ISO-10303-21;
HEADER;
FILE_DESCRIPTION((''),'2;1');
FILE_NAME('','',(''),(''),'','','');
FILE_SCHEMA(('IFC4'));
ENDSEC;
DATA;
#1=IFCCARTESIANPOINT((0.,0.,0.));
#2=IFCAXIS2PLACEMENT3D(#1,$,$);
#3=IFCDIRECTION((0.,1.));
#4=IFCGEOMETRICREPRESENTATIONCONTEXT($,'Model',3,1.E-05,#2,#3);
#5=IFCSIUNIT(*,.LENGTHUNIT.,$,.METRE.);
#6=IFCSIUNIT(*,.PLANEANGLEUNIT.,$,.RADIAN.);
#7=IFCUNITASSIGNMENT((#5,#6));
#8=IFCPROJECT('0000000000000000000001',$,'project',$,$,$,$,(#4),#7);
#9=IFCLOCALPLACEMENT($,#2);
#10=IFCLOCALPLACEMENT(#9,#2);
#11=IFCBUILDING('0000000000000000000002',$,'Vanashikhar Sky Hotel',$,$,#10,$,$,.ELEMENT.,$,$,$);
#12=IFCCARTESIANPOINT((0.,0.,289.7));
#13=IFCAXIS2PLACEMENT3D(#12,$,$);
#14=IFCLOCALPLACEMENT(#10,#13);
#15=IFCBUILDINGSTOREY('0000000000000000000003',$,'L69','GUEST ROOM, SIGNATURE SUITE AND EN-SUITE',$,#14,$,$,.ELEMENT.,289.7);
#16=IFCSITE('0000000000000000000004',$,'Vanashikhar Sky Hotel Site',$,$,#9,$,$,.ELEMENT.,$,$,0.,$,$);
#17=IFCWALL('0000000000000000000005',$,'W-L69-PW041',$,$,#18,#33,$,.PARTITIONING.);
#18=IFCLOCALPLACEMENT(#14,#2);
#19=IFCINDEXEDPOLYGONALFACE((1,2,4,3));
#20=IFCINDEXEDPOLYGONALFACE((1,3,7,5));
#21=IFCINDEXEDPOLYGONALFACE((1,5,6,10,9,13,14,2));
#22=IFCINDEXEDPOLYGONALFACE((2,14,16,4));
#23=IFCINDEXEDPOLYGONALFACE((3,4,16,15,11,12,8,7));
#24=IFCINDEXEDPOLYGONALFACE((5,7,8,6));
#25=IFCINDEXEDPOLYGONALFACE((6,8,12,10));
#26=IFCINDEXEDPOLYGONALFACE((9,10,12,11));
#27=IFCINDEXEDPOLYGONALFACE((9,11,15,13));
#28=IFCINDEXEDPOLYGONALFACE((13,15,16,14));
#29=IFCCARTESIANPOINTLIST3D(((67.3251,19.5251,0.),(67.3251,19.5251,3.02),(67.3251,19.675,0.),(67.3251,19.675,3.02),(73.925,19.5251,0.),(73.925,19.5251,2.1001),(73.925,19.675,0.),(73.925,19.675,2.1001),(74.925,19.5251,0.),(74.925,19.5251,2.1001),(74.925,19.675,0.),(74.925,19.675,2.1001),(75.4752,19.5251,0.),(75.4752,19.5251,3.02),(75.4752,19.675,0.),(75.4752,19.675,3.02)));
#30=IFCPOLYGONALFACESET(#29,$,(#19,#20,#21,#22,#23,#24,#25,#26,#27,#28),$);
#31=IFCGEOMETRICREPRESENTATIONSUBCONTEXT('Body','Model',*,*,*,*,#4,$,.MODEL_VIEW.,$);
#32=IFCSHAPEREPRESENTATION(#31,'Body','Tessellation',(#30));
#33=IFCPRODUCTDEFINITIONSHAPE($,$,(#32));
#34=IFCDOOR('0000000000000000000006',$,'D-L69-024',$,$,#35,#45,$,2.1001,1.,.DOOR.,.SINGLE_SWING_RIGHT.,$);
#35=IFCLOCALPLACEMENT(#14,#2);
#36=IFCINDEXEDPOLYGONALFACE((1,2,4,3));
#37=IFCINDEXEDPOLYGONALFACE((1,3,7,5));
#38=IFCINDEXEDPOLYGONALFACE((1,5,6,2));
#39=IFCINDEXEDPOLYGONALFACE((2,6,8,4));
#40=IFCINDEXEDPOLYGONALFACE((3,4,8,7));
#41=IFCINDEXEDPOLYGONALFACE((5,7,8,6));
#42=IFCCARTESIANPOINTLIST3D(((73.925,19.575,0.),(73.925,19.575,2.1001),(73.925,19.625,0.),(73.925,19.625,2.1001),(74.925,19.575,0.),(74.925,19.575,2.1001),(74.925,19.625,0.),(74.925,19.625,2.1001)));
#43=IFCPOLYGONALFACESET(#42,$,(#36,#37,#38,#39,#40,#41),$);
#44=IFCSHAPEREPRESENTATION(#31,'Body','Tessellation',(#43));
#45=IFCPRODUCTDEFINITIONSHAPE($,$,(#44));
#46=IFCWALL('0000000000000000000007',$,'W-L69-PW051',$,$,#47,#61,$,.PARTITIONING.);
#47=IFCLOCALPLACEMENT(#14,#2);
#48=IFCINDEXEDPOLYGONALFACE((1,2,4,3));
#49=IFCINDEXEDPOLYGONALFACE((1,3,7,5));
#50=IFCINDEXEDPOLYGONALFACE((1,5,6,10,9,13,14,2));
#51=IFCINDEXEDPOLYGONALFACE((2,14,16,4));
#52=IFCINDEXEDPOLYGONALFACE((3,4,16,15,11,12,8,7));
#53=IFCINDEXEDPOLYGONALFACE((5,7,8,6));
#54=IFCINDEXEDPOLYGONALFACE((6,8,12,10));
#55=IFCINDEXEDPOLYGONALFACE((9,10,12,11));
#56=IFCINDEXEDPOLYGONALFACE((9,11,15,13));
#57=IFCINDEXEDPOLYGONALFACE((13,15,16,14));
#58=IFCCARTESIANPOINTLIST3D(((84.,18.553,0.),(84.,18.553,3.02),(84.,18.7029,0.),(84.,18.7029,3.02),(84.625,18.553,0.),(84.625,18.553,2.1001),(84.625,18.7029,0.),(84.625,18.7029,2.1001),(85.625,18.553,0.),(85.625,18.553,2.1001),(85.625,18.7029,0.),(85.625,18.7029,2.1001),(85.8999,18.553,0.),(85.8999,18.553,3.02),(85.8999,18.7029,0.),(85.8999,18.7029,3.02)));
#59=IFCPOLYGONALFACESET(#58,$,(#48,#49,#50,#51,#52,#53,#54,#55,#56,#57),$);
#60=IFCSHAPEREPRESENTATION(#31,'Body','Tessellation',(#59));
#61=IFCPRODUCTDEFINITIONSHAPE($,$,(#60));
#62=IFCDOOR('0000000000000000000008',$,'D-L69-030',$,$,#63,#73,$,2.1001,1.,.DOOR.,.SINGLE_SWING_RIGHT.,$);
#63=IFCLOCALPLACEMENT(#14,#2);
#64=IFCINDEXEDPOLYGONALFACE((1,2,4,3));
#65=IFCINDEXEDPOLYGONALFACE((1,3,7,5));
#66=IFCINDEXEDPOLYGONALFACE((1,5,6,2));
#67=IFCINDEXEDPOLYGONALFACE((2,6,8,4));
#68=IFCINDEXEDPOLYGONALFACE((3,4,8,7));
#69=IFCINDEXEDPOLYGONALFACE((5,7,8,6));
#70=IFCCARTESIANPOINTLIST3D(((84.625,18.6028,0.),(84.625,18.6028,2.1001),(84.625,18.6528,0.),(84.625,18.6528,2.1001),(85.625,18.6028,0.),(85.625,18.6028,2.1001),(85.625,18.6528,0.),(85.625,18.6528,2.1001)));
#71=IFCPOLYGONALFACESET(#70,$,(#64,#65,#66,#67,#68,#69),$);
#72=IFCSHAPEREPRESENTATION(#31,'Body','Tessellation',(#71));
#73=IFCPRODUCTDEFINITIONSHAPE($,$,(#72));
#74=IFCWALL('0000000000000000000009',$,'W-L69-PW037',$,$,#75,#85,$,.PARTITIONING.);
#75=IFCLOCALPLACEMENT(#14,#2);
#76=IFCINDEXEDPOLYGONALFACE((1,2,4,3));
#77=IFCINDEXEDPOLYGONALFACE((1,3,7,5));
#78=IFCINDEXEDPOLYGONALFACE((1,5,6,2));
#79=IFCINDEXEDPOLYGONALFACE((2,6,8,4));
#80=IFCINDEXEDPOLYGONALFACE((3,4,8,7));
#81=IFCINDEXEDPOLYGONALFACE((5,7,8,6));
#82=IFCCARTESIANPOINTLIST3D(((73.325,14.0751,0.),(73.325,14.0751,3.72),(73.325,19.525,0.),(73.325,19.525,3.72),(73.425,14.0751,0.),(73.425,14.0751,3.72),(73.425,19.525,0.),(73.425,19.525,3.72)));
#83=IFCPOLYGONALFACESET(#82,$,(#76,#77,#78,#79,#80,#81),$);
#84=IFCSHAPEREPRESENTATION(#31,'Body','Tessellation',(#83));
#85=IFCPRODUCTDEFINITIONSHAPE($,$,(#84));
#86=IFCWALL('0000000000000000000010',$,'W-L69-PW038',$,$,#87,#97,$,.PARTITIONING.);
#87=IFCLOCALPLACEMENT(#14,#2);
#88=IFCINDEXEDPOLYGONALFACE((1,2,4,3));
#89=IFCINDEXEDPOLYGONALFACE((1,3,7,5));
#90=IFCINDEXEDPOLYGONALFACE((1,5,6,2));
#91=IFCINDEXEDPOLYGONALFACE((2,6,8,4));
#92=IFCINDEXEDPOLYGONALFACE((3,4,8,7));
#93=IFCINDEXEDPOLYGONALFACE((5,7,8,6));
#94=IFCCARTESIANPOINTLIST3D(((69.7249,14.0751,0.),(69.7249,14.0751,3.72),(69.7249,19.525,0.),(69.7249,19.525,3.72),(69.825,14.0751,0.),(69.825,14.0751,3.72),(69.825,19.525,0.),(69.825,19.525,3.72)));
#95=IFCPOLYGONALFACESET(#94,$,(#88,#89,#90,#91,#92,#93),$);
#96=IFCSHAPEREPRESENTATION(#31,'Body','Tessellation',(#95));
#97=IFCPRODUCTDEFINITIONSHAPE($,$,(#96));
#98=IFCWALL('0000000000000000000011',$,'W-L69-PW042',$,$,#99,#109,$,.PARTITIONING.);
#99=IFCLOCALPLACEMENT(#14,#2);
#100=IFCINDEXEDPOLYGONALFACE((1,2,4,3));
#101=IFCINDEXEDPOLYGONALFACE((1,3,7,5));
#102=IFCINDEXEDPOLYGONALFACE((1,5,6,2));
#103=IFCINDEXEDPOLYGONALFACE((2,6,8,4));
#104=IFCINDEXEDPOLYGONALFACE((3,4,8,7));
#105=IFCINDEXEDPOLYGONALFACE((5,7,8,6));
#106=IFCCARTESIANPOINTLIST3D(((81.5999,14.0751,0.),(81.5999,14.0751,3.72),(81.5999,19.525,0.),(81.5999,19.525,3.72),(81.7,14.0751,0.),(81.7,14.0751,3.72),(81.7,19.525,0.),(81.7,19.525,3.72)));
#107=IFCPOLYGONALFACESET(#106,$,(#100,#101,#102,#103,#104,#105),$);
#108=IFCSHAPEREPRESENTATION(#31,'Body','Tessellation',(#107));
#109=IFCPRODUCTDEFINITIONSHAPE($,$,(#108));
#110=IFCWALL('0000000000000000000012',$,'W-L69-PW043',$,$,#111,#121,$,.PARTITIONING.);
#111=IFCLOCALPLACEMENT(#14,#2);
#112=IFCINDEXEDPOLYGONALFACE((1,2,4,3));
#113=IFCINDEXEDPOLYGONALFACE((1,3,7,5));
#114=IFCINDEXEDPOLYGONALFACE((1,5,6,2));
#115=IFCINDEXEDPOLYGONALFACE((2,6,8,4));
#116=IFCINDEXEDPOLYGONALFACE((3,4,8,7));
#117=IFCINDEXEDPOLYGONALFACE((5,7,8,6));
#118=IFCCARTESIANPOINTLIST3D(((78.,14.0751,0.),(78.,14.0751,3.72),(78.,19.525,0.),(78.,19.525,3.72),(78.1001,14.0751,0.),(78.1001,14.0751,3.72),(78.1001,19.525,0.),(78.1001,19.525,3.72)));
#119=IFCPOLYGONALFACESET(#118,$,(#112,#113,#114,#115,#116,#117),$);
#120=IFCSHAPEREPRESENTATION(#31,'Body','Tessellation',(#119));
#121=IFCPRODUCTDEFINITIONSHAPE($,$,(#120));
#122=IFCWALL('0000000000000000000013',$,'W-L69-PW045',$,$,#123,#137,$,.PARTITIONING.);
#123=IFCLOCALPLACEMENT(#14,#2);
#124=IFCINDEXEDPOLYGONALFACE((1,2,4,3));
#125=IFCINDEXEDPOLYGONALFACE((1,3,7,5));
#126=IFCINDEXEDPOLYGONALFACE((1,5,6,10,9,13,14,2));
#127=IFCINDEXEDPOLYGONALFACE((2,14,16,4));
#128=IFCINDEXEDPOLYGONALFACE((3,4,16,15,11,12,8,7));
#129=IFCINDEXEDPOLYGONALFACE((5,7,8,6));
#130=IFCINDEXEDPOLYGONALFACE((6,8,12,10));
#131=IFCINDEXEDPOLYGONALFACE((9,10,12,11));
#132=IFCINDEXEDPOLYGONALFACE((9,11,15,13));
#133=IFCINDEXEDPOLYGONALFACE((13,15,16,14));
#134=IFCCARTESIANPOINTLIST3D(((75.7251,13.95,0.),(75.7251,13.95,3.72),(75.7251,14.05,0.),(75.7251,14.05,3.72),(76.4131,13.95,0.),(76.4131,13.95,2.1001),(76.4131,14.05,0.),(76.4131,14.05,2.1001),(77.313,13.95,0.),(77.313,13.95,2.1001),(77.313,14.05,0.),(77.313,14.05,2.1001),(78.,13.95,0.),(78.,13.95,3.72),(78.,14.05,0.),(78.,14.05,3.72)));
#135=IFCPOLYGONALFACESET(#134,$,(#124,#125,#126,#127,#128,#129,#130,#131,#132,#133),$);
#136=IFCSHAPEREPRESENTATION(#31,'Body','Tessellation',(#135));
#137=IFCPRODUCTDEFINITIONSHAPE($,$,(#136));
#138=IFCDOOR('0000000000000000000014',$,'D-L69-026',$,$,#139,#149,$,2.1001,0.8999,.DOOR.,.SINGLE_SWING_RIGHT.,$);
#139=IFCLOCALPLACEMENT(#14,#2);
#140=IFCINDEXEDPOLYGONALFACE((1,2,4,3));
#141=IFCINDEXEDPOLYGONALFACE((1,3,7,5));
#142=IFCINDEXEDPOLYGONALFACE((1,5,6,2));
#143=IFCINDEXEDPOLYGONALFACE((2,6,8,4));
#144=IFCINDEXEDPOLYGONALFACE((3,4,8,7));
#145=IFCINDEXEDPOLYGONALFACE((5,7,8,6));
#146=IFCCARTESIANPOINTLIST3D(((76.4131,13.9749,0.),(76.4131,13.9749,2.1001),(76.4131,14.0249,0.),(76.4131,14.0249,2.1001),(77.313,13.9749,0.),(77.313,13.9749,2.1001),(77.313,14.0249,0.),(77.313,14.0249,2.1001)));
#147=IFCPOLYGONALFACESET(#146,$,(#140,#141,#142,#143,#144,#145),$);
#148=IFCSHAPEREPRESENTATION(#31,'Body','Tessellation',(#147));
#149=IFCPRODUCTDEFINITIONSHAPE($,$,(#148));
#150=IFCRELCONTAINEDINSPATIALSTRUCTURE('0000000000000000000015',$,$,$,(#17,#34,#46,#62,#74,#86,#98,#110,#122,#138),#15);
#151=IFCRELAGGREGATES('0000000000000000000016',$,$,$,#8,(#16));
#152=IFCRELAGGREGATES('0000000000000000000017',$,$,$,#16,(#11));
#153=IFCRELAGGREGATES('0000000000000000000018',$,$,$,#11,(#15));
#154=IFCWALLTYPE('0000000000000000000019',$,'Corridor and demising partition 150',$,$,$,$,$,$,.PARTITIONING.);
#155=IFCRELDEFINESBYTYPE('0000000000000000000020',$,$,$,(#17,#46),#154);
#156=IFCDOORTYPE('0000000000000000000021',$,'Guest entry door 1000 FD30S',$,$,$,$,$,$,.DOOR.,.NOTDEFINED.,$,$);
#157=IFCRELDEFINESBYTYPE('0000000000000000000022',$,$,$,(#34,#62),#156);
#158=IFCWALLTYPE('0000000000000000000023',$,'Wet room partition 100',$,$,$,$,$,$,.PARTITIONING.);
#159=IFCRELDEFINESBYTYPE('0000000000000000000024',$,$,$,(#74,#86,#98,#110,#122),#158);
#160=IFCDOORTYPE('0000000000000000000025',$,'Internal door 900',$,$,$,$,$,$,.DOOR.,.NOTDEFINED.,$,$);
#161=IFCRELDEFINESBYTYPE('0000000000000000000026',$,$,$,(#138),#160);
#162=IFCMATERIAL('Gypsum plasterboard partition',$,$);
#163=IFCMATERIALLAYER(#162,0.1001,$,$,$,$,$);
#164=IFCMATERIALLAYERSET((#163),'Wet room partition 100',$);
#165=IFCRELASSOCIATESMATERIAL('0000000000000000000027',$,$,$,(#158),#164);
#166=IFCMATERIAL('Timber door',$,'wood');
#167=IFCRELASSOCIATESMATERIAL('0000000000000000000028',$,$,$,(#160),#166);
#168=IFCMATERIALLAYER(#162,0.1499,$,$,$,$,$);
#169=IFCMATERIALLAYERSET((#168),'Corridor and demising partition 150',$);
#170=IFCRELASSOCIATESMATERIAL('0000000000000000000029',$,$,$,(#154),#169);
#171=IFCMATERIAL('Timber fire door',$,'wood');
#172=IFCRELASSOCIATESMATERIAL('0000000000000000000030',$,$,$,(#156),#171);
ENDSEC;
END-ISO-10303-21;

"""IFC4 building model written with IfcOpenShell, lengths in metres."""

from ifc_helpers import new_model, si_unit, direction, frame, frame_2d, origin, place, context, subcontext, project, spatial, rectangle, extrude, source, transform, mapped, material, layer, layer_set, type_object, element, fill, save


model = new_model("IFC4")

# Units and contexts
model_context = context("Model", 3, precision=1e-05, world=origin(), true_north=direction((0.0, 1.0)))
body_context = subcontext(model_context, "Body", "Model", "MODEL_VIEW")
ifc_project = project(units=[si_unit("LENGTHUNIT", "METRE"), si_unit("PLANEANGLEUNIT", "RADIAN")], contexts=[model_context])

# Site, building, storey
site_placement = place(None, origin())
site = spatial("IfcSite", under=ifc_project, at=site_placement, Name="Vanashikhar Sky Hotel Site", CompositionType="ELEMENT", RefElevation=0.0)
building_placement = place(site_placement, origin())
building = spatial("IfcBuilding", under=site, at=building_placement, Name="Vanashikhar Sky Hotel", CompositionType="ELEMENT")
storey_placement = place(building_placement, frame((0.0, 0.0, 289.7)))
storey = spatial("IfcBuildingStorey", under=building, at=storey_placement, Name="L69", Description="GUEST ROOM, SIGNATURE SUITE AND EN-SUITE", CompositionType="ELEMENT", Elevation=289.7)

# Shared definitions
shared_shape_1 = source(origin(), body_context, "Body", "SweptSolid", [
    extrude(rectangle(XDim=1.0, YDim=2.1001, at=frame_2d((0.5, 1.05))), frame((0.0, 0.0249, 0.0), z_axis=(0.0, -1.0, 0.0), x_axis=(1.0, 0.0, 0.0)), (0.0, 0.0, 1.0), 0.05),
])

# Walls, openings, doors
ifc_material_1 = material(Name="Gypsum plasterboard partition")
ifc_layer_1 = layer(ifc_material_1, 0.1001)
ifc_layer_set_1 = layer_set([ifc_layer_1], Name="Wet room partition 100")
wall_type_1 = type_object("IfcWallType", Name="Wet room partition 100", PredefinedType="PARTITIONING", material=ifc_layer_set_1)
shared_shape_2 = source(origin(), body_context, "Body", "SweptSolid", [
    extrude(rectangle(XDim=0.8999, YDim=2.1001, at=frame_2d((0.45, 1.05))), frame((0.0, 0.0601, 0.0), z_axis=(0.0, -1.0, 0.0), x_axis=(1.0, 0.0, 0.0)), (0.0, 0.0, 1.0), 0.1201),
])
ifc_material_2 = material(Name="Timber door", Category="wood")
door_type_1 = type_object("IfcDoorType", Name="Internal door 900", OperationType="NOTDEFINED", PredefinedType="DOOR", material=ifc_material_2)
shared_shape_3 = source(origin(), body_context, "Body", "SweptSolid", [
    extrude(rectangle(XDim=0.8999, YDim=2.1001, at=frame_2d((0.45, 1.05))), frame((0.0, 0.0249, 0.0), z_axis=(0.0, -1.0, 0.0), x_axis=(1.0, 0.0, 0.0)), (0.0, 0.0, 1.0), 0.05),
])
ifc_layer_2 = layer(ifc_material_1, 0.1499)
ifc_layer_set_2 = layer_set([ifc_layer_2], Name="Corridor and demising partition 150")
wall_type_2 = type_object("IfcWallType", Name="Corridor and demising partition 150", PredefinedType="PARTITIONING", material=ifc_layer_set_2)
shared_shape_4 = source(origin(), body_context, "Body", "SweptSolid", [
    extrude(rectangle(XDim=1.0, YDim=2.1001, at=frame_2d((0.5, 1.05))), frame((0.0, 0.085, 0.0), z_axis=(0.0, -1.0, 0.0), x_axis=(1.0, 0.0, 0.0)), (0.0, 0.0, 1.0), 0.1699),
])
ifc_material_3 = material(Name="Timber fire door", Category="wood")
door_type_2 = type_object("IfcDoorType", Name="Guest entry door 1000 FD30S", OperationType="NOTDEFINED", PredefinedType="DOOR", material=ifc_material_3)
shared_shape_5 = source(origin(), body_context, "Body", "SweptSolid", [
    extrude(rectangle(XDim=8.1501, YDim=0.1499, at=frame_2d((4.0752, 0.0))), origin(), (0.0, 0.0, 1.0), 3.02),
])
wall_1_placement = place(storey_placement, frame((67.325, 19.6001, 0.0), z_axis=(0.0, 0.0, 1.0), x_axis=(1.0, 0.0, 0.0)))
wall_1 = element("IfcWall", 1, at=wall_1_placement, inside=storey, type_object=wall_type_2, Name="W-L69-PW041", PredefinedType="PARTITIONING", context=body_context, shape_type="MappedRepresentation", body=[
    mapped(shared_shape_5, transform((0.0, 0.0, 0.0), scale=1.0)),
])
opening_1_placement = place(wall_1_placement, frame((6.6001, 0.0, 0.0)))
opening_1 = element("IfcOpeningElement", 2, at=opening_1_placement, cuts=wall_1, PredefinedType="OPENING", context=body_context, shape_type="MappedRepresentation", body=[
    mapped(shared_shape_4, transform((0.0, 0.0, 0.0), scale=1.0)),
])
door_1_placement = place(opening_1_placement, origin())
door_1 = element("IfcDoor", 3, at=door_1_placement, inside=storey, type_object=door_type_2, Name="D-L69-024", OperationType="SINGLE_SWING_RIGHT", OverallHeight=2.1001, OverallWidth=1.0, PredefinedType="DOOR", context=body_context, shape_type="MappedRepresentation", body=[
    mapped(shared_shape_1, transform((0.0, 0.0, 0.0), scale=1.0)),
])
fill(opening_1, door_1)
shared_shape_6 = source(origin(), body_context, "Body", "SweptSolid", [
    extrude(rectangle(XDim=1.8999, YDim=0.1499, at=frame_2d((0.95, 0.0))), origin(), (0.0, 0.0, 1.0), 3.02),
])
wall_2_placement = place(storey_placement, frame((84.0, 18.6279, 0.0), z_axis=(0.0, 0.0, 1.0), x_axis=(1.0, 0.0, 0.0)))
wall_2 = element("IfcWall", 4, at=wall_2_placement, inside=storey, type_object=wall_type_2, Name="W-L69-PW051", PredefinedType="PARTITIONING", context=body_context, shape_type="MappedRepresentation", body=[
    mapped(shared_shape_6, transform((0.0, 0.0, 0.0), scale=1.0)),
])
opening_2_placement = place(wall_2_placement, frame((0.625, 0.0, 0.0)))
opening_2 = element("IfcOpeningElement", 5, at=opening_2_placement, cuts=wall_2, PredefinedType="OPENING", context=body_context, shape_type="MappedRepresentation", body=[
    mapped(shared_shape_4, transform((0.0, 0.0, 0.0), scale=1.0)),
])
door_2_placement = place(opening_2_placement, origin())
door_2 = element("IfcDoor", 6, at=door_2_placement, inside=storey, type_object=door_type_2, Name="D-L69-030", OperationType="SINGLE_SWING_RIGHT", OverallHeight=2.1001, OverallWidth=1.0, PredefinedType="DOOR", context=body_context, shape_type="MappedRepresentation", body=[
    mapped(shared_shape_1, transform((0.0, 0.0, 0.0), scale=1.0)),
])
fill(opening_2, door_2)

# Walls
shared_shape_7 = source(origin(), body_context, "Body", "SweptSolid", [
    extrude(rectangle(XDim=5.45, YDim=0.1001, at=frame_2d((2.7251, 0.0))), origin(), (0.0, 0.0, 1.0), 3.72),
])
for number, where, z_axis, x_axis, name in (
    (7, (73.375, 14.075, 0.0), (0.0, 0.0, 1.0), (0.0, 1.0, 0.0), "W-L69-PW037"),
    (8, (69.7749, 14.075, 0.0), (0.0, 0.0, 1.0), (0.0, 1.0, 0.0), "W-L69-PW038"),
    (9, (81.6499, 14.075, 0.0), (0.0, 0.0, 1.0), (0.0, 1.0, 0.0), "W-L69-PW042"),
    (10, (78.05, 14.075, 0.0), (0.0, 0.0, 1.0), (0.0, 1.0, 0.0), "W-L69-PW043"),
):
    element("IfcWall", number, at=place(storey_placement, frame(where, z_axis=z_axis, x_axis=x_axis)), inside=storey, type_object=wall_type_1, Name=name, PredefinedType="PARTITIONING", context=body_context, shape_type="MappedRepresentation", body=[
        mapped(shared_shape_7, transform((0.0, 0.0, 0.0), scale=1.0)),
    ])

# Wall, opening, door
shared_shape_8 = source(origin(), body_context, "Body", "SweptSolid", [
    extrude(rectangle(XDim=2.2749, YDim=0.1001, at=frame_2d((1.1375, 0.0))), origin(), (0.0, 0.0, 1.0), 3.72),
])
wall_3_placement = place(storey_placement, frame((75.7251, 14.0, 0.0), z_axis=(0.0, 0.0, 1.0), x_axis=(1.0, 0.0, 0.0)))
wall_3 = element("IfcWall", 11, at=wall_3_placement, inside=storey, type_object=wall_type_1, Name="W-L69-PW045", PredefinedType="PARTITIONING", context=body_context, shape_type="MappedRepresentation", body=[
    mapped(shared_shape_8, transform((0.0, 0.0, 0.0), scale=1.0)),
])
opening_3_placement = place(wall_3_placement, frame((0.688, 0.0, 0.0)))
opening_3 = element("IfcOpeningElement", 12, at=opening_3_placement, cuts=wall_3, PredefinedType="OPENING", context=body_context, shape_type="MappedRepresentation", body=[
    mapped(shared_shape_2, transform((0.0, 0.0, 0.0), scale=1.0)),
])
door_3_placement = place(opening_3_placement, origin())
door_3 = element("IfcDoor", 13, at=door_3_placement, inside=storey, type_object=door_type_1, Name="D-L69-026", OperationType="SINGLE_SWING_RIGHT", OverallHeight=2.1001, OverallWidth=0.8999, PredefinedType="DOOR", context=body_context, shape_type="MappedRepresentation", body=[
    mapped(shared_shape_3, transform((0.0, 0.0, 0.0), scale=1.0)),
])
fill(opening_3, door_3)

save(model, "model.ifc")
